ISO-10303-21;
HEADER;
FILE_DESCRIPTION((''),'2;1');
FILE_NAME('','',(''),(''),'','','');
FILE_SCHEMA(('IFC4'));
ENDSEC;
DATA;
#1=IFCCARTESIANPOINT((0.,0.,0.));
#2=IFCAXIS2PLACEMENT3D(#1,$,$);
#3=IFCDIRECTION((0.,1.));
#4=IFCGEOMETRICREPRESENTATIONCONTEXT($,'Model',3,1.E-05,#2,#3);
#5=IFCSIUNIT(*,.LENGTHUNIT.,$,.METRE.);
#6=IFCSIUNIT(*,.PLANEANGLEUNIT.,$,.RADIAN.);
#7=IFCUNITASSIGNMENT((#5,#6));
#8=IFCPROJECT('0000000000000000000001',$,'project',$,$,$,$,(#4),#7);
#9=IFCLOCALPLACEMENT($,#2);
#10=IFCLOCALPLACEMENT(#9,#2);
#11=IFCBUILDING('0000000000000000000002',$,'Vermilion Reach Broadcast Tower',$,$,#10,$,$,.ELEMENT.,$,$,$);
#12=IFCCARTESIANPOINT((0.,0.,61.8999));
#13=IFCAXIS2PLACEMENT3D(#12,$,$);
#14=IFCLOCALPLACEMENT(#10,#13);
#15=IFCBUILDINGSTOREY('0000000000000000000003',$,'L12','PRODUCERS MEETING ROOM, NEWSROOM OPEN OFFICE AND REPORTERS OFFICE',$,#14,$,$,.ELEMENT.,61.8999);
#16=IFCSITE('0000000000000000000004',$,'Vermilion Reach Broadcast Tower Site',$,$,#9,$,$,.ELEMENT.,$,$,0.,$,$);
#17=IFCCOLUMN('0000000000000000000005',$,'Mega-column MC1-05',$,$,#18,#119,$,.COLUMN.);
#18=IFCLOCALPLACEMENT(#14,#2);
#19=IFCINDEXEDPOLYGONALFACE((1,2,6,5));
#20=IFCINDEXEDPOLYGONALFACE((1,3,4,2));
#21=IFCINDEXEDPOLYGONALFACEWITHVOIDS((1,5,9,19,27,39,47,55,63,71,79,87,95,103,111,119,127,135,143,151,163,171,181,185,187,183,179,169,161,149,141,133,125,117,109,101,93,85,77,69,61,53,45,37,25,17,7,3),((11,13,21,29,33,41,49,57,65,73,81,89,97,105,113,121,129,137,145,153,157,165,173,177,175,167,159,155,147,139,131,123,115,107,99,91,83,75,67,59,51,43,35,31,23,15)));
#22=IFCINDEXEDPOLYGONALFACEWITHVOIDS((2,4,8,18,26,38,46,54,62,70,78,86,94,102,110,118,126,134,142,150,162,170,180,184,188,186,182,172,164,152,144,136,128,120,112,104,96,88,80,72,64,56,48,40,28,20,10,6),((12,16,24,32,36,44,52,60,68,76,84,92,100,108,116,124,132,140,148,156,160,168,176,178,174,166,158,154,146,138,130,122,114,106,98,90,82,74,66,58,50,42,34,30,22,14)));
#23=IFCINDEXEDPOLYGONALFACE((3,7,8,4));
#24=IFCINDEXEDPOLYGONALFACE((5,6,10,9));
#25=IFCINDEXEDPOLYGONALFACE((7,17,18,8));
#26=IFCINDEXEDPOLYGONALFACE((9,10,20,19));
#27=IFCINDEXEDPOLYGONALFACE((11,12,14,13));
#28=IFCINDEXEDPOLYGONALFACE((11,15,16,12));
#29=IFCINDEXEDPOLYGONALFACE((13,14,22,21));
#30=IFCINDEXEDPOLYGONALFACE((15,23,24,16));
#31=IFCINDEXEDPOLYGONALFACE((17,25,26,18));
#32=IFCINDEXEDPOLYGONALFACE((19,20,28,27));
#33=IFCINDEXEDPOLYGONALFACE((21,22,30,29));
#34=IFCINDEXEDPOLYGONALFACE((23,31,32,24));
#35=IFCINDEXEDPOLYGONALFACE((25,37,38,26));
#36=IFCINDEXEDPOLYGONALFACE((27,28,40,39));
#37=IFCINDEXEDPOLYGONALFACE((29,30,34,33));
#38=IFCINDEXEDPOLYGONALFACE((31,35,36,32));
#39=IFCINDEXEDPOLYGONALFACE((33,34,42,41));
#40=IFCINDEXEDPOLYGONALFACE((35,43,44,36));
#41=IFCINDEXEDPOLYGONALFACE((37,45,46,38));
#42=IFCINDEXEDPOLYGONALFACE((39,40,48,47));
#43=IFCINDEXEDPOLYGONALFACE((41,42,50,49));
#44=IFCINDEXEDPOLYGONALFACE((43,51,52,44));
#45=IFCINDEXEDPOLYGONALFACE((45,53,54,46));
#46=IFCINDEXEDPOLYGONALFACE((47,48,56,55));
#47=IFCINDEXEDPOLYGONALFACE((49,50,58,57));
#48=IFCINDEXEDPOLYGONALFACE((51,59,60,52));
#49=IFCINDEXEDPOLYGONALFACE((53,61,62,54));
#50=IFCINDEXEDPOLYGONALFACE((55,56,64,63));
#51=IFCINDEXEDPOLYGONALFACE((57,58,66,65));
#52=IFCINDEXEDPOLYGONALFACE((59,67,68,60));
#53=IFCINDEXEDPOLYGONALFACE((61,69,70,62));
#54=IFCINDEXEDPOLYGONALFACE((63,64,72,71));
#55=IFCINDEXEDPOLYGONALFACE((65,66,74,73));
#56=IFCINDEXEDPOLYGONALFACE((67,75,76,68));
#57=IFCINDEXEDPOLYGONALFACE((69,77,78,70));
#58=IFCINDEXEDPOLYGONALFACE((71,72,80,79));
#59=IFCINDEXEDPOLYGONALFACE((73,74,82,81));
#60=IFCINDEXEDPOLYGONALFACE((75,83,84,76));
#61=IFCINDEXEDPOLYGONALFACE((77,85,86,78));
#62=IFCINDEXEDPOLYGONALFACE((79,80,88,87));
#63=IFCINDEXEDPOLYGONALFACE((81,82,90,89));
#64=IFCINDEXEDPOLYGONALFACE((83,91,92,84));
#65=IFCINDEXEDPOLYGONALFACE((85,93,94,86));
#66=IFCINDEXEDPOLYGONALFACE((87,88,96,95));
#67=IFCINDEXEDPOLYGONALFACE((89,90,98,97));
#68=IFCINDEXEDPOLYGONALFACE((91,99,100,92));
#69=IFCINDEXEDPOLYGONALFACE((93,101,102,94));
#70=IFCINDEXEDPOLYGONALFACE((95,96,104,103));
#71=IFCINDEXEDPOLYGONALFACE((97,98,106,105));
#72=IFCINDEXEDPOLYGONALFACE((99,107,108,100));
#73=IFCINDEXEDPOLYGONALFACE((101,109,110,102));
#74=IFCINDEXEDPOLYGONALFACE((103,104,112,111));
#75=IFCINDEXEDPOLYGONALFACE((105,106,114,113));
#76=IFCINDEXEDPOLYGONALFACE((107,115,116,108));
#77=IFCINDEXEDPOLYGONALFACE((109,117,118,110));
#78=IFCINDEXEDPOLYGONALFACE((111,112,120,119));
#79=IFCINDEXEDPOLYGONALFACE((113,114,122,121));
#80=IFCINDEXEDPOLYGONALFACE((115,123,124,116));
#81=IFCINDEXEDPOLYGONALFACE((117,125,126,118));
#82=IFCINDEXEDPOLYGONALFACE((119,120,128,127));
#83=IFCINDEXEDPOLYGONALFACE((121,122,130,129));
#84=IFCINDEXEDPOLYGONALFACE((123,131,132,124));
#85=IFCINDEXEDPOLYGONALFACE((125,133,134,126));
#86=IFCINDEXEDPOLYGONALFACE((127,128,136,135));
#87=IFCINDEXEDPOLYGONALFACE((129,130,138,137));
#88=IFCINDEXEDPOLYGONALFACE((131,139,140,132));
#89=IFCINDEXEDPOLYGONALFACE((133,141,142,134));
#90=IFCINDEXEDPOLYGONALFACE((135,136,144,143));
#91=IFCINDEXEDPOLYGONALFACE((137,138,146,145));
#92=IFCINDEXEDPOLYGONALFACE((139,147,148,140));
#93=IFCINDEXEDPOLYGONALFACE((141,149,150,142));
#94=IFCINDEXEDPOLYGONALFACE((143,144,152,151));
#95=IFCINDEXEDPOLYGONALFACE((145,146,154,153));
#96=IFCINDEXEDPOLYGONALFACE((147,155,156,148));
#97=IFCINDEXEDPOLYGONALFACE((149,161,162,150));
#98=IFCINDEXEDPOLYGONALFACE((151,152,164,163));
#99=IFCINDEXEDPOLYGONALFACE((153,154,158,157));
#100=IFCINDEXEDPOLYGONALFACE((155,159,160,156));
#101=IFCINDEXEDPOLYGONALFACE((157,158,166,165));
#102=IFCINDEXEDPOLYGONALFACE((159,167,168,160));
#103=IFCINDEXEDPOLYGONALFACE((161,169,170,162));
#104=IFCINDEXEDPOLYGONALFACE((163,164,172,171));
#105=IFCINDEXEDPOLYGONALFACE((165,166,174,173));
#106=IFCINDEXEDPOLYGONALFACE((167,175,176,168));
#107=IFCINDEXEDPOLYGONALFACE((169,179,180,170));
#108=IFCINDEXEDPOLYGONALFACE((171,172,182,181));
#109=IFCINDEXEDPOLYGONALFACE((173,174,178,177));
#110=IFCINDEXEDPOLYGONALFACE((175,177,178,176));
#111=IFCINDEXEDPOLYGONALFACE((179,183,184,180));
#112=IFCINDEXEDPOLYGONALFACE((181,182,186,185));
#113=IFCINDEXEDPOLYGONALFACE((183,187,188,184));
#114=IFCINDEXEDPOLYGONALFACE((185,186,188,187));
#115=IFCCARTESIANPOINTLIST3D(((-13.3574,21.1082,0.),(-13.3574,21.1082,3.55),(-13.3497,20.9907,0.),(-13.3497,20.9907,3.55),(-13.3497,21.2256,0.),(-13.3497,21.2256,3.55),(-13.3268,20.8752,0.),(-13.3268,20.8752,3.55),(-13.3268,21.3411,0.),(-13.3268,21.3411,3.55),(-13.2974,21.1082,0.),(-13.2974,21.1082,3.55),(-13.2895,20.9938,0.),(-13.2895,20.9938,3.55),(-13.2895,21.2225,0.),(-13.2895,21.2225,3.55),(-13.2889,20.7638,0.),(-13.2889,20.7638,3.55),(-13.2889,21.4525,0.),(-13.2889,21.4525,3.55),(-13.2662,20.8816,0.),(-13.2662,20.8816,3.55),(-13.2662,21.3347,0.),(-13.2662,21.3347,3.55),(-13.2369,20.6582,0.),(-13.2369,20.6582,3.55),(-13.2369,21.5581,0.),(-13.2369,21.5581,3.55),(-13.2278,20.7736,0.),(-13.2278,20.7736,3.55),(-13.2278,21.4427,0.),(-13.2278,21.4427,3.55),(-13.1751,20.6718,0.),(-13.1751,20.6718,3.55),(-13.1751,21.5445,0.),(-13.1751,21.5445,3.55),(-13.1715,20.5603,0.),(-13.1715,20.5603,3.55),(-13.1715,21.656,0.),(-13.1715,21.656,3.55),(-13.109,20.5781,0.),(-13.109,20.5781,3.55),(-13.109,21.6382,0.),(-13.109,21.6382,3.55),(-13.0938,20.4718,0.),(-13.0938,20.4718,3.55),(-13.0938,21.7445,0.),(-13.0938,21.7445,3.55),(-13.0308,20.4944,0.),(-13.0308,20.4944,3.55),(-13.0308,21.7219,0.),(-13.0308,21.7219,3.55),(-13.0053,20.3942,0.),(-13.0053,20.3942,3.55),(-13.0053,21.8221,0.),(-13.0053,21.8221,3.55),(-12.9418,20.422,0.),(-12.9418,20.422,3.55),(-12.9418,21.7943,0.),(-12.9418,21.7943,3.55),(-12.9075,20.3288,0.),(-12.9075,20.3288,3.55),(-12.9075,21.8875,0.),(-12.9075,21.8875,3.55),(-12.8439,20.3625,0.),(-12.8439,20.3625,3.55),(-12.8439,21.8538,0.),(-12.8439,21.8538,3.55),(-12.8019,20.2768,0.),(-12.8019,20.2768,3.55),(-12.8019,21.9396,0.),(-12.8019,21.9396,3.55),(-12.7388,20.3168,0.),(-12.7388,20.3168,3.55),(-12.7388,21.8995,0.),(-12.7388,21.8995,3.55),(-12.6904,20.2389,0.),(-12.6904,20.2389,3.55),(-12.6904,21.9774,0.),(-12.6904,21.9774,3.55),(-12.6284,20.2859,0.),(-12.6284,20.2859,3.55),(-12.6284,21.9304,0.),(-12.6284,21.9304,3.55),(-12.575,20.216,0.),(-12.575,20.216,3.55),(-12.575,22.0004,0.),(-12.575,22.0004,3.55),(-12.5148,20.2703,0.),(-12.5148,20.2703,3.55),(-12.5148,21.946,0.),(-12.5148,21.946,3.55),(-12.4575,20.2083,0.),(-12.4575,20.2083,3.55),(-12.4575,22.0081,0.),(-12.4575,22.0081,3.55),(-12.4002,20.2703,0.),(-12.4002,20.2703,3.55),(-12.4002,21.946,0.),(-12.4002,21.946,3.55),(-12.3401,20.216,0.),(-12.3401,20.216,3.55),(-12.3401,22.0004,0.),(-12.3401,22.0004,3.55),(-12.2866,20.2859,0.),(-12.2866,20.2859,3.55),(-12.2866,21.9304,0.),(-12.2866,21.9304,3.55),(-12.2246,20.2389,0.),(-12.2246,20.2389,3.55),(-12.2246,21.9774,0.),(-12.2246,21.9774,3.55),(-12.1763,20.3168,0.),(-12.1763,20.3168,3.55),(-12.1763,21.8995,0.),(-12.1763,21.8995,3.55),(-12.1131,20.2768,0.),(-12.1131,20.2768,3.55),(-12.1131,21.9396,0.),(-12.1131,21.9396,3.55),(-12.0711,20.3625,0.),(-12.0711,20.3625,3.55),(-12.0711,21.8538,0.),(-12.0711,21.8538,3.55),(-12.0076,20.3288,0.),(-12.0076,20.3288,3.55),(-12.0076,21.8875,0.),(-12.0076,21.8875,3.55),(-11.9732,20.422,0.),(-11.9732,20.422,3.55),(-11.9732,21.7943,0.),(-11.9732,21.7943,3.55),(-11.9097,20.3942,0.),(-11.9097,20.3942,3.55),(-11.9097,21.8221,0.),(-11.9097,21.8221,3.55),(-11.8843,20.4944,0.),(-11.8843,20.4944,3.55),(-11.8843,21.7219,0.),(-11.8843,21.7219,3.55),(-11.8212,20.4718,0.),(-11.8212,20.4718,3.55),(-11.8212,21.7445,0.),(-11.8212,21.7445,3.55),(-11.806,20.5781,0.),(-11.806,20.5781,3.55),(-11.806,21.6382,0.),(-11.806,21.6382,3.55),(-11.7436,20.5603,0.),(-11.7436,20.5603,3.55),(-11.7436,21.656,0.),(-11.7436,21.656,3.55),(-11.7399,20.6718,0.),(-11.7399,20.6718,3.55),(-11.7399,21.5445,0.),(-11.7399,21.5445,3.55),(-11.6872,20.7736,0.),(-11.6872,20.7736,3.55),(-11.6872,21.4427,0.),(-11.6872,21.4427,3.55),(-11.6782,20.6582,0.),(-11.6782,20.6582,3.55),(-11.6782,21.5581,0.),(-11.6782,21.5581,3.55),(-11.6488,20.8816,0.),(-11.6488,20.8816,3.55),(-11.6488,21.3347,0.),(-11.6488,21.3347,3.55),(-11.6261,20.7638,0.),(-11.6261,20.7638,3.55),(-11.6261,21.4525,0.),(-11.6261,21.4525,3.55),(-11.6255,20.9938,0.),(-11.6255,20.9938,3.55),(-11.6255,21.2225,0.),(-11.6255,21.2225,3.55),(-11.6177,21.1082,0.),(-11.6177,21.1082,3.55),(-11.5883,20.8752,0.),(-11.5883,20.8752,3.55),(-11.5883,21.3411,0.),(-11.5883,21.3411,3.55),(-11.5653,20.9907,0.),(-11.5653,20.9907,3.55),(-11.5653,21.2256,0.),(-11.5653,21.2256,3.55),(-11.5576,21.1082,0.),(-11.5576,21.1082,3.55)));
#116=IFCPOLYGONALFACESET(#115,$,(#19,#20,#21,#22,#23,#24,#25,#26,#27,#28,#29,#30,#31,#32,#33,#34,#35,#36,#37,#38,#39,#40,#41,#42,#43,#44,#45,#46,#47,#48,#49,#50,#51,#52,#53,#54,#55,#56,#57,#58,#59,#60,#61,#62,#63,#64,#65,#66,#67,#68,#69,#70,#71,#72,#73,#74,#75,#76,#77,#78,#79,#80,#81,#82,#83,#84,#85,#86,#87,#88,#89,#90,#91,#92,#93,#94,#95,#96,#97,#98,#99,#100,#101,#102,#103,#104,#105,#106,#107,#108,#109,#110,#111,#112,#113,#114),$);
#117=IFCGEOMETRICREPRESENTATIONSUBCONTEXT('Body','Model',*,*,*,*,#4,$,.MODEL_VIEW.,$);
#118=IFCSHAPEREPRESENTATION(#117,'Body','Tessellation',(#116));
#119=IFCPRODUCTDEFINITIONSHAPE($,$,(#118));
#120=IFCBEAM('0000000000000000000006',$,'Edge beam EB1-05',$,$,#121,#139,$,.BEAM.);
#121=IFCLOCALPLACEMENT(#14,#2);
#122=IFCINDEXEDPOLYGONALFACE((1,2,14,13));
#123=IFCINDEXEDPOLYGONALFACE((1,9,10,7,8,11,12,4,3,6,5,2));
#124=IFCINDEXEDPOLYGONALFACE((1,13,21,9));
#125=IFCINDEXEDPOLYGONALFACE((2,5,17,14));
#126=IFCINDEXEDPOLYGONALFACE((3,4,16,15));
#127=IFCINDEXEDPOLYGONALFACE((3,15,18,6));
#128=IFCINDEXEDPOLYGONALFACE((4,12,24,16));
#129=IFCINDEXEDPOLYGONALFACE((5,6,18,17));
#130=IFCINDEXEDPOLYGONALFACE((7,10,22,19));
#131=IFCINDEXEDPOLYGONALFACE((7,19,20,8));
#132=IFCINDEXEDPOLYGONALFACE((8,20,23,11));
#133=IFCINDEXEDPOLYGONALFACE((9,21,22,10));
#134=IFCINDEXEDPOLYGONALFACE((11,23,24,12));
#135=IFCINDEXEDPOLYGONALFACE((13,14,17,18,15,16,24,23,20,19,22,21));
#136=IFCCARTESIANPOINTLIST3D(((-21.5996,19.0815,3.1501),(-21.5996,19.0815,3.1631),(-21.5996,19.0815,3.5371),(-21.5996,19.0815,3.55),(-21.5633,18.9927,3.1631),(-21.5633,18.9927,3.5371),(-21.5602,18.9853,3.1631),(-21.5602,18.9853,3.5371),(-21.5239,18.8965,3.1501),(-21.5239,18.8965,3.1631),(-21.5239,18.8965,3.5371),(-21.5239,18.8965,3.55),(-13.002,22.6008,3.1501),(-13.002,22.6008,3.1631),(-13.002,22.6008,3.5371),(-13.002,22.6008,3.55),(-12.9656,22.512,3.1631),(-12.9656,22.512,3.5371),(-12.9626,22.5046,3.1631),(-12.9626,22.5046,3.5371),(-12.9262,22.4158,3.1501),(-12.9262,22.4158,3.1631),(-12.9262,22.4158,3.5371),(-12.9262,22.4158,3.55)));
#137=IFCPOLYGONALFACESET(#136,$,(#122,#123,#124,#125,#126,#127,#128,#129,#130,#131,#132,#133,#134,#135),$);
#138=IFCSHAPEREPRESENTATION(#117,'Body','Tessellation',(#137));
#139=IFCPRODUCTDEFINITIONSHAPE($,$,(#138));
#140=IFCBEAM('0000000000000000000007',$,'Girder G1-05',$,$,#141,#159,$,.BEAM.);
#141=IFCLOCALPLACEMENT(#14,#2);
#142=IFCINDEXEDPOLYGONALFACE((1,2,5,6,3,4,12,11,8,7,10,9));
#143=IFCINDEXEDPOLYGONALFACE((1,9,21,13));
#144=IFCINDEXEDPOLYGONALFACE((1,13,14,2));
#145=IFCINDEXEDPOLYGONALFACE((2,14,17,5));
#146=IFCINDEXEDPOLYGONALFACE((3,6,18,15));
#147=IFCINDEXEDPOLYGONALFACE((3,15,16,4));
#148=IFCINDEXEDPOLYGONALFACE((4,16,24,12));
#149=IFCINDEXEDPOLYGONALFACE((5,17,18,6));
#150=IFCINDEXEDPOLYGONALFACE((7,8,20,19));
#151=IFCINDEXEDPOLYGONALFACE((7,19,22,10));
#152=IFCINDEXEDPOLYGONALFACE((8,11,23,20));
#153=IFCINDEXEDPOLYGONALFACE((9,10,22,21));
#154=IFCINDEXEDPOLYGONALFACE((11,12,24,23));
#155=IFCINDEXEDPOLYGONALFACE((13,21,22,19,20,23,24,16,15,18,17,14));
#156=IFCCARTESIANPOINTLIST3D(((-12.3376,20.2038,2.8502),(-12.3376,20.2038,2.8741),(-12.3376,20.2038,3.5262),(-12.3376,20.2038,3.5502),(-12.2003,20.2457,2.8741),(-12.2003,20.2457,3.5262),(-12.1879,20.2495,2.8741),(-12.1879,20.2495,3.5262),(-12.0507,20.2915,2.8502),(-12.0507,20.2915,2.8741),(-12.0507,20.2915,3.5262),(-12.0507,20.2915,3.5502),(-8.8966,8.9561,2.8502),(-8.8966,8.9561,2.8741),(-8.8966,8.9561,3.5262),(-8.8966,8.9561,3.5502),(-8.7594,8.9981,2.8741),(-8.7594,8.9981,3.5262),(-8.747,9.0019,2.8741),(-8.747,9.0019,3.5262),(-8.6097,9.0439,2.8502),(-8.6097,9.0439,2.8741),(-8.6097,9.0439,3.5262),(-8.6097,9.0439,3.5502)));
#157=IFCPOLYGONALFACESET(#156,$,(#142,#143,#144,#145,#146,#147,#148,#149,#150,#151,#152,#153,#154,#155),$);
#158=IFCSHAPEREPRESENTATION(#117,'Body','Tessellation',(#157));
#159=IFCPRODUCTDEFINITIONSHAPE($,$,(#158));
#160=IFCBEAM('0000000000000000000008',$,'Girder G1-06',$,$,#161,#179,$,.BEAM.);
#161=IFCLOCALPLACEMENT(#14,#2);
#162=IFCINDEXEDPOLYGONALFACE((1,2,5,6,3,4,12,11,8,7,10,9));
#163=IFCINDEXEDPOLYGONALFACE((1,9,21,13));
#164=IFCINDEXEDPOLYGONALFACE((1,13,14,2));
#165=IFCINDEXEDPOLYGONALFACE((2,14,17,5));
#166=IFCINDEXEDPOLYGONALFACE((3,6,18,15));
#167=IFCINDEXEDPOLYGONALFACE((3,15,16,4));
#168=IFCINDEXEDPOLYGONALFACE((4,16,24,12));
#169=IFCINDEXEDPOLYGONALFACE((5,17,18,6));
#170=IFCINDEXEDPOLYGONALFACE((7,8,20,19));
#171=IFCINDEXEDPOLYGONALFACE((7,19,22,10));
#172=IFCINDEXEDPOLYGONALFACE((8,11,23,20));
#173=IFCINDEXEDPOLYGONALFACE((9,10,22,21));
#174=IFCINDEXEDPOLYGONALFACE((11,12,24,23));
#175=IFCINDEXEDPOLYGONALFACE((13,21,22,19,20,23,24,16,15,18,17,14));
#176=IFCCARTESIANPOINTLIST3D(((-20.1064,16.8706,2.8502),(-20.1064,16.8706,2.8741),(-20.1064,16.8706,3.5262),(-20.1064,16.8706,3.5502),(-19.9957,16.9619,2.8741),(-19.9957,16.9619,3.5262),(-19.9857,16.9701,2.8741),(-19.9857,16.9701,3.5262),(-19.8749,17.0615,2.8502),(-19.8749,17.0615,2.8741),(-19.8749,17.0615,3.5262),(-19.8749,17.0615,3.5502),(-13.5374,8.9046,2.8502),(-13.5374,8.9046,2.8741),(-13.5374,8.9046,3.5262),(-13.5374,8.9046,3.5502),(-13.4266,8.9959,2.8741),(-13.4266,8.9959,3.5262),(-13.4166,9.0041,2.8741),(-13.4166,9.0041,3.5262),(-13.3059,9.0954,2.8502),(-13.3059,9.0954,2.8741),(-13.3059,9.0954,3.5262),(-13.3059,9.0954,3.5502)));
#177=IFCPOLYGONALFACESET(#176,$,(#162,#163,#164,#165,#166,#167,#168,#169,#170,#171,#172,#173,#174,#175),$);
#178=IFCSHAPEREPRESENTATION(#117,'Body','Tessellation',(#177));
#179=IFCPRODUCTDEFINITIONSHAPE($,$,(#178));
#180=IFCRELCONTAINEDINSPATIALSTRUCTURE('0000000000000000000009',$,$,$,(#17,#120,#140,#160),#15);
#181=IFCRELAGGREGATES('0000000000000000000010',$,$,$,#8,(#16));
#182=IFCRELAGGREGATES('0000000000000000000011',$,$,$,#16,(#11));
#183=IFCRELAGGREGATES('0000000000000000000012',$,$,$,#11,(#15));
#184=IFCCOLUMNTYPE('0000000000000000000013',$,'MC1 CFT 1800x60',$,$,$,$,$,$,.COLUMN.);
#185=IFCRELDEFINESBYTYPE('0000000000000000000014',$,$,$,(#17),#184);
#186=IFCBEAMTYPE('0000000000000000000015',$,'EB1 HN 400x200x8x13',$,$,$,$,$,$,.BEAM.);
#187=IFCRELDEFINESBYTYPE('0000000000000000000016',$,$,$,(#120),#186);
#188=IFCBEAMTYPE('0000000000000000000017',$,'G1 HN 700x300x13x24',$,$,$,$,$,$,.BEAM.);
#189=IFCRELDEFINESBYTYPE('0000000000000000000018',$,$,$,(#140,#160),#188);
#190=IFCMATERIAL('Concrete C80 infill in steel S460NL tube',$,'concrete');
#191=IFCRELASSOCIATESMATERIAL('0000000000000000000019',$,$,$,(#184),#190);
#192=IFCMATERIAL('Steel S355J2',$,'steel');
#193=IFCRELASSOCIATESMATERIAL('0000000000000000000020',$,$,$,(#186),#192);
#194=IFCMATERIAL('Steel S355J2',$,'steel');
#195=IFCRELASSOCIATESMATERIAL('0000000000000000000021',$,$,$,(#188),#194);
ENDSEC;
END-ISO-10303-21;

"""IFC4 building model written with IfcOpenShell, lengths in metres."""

from ifc_helpers import new_model, si_unit, direction, frame, origin, origin_2d, place, context, subcontext, project, spatial, hollow_circle, i_section, extrude, material, material_profile, profile_set, type_object, element, save


model = new_model("IFC4")

# Units and contexts
model_context = context("Model", 3, precision=1e-05, world=origin(), true_north=direction((0.0, 1.0)))
body_context = subcontext(model_context, "Body", "Model", "MODEL_VIEW")
ifc_project = project(units=[si_unit("LENGTHUNIT", "METRE"), si_unit("PLANEANGLEUNIT", "RADIAN")], contexts=[model_context])

# Site, building, storey
site_placement = place(None, origin())
site = spatial("IfcSite", under=ifc_project, at=site_placement, Name="Vermilion Reach Broadcast Tower Site", CompositionType="ELEMENT", RefElevation=0.0)
building_placement = place(site_placement, origin())
building = spatial("IfcBuilding", under=site, at=building_placement, Name="Vermilion Reach Broadcast Tower", CompositionType="ELEMENT")
storey_placement = place(building_placement, frame((0.0, 0.0, 61.8999)))
storey = spatial("IfcBuildingStorey", under=building, at=storey_placement, Name="L12", Description="PRODUCERS MEETING ROOM, NEWSROOM OPEN OFFICE AND REPORTERS OFFICE", CompositionType="ELEMENT", Elevation=61.8999)

# Column
ifc_material_1 = material(Name="Concrete C80 infill in steel S460NL tube", Category="concrete")
ifc_material_profile_1 = material_profile(ifc_material_1, hollow_circle(Radius=0.8999, WallThickness=0.0601, at=origin_2d()), Name="Concrete C80 infill in steel S460NL tube CFT 1800x60")
ifc_profile_set_1 = profile_set([ifc_material_profile_1], Name="Concrete C80 infill in steel S460NL tube")
column_type = type_object("IfcColumnType", Name="MC1 CFT 1800x60", PredefinedType="COLUMN", material=ifc_profile_set_1)
column_placement = place(storey_placement, frame((-12.4575, 21.1082, 0.0), z_axis=(0.0, 0.0, 1.0), x_axis=(1.0, 0.0, 0.0)))
element("IfcColumn", 1, at=column_placement, inside=storey, type_object=column_type, Name="Mega-column MC1-05", PredefinedType="COLUMN", context=body_context, shape_type="SweptSolid", body=[
    extrude(hollow_circle(Radius=0.8999, WallThickness=0.0601, at=origin_2d()), origin(), (0.0, 0.0, 1.0), 3.55),
])

# Beams
ifc_material_2 = material(Name="Steel S355J2", Category="steel")
ifc_material_profile_2 = material_profile(ifc_material_2, i_section(OverallWidth=0.2, OverallDepth=0.3999, WebThickness=0.0081, FlangeThickness=0.0129, at=origin_2d()), Name="S355J2 HN 400x200x8x13")
ifc_profile_set_2 = profile_set([ifc_material_profile_2], Name="Steel S355J2")
beam_type_1 = type_object("IfcBeamType", Name="EB1 HN 400x200x8x13", PredefinedType="BEAM", material=ifc_profile_set_2)
beam_1_placement = place(storey_placement, frame((-12.9641, 22.5083, 3.3501), z_axis=(-0.925469, -0.378823, 0.0), x_axis=(0.378823, -0.925469, 0.0)))
element("IfcBeam", 2, at=beam_1_placement, inside=storey, type_object=beam_type_1, Name="Edge beam EB1-05", PredefinedType="BEAM", context=body_context, shape_type="SweptSolid", body=[
    extrude(i_section(OverallWidth=0.2, OverallDepth=0.3999, WebThickness=0.0081, FlangeThickness=0.0129, at=origin_2d()), origin(), (0.0, 0.0, 1.0), 9.29),
])
ifc_material_3 = material(Name="Steel S355J2", Category="steel")
ifc_material_profile_3 = material_profile(ifc_material_3, i_section(OverallWidth=0.3, OverallDepth=0.7, WebThickness=0.0129, FlangeThickness=0.0239, at=origin_2d()), Name="S355J2 HN 700x300x13x24")
ifc_profile_set_3 = profile_set([ifc_material_profile_3], Name="Steel S355J2")
beam_type_2 = type_object("IfcBeamType", Name="G1 HN 700x300x13x24", PredefinedType="BEAM", material=ifc_profile_set_3)
beam_2_placement = place(storey_placement, frame((-8.7532, 9.0, 3.2002), z_axis=(-0.292542, 0.956253, 0.0), x_axis=(-0.956253, -0.292542, 0.0)))
element("IfcBeam", 3, at=beam_2_placement, inside=storey, type_object=beam_type_2, Name="Girder G1-05", PredefinedType="BEAM", context=body_context, shape_type="SweptSolid", body=[
    extrude(i_section(OverallWidth=0.3, OverallDepth=0.7, WebThickness=0.0129, FlangeThickness=0.0239, at=origin_2d()), origin(), (0.0, 0.0, 1.0), 11.7622),
])
beam_3_placement = place(storey_placement, frame((-13.4216, 9.0, 3.2002), z_axis=(-0.636215, 0.771512, 0.0), x_axis=(-0.771512, -0.636215, 0.0)))
element("IfcBeam", 4, at=beam_3_placement, inside=storey, type_object=beam_type_2, Name="Girder G1-06", PredefinedType="BEAM", context=body_context, shape_type="SweptSolid", body=[
    extrude(i_section(OverallWidth=0.3, OverallDepth=0.7, WebThickness=0.0129, FlangeThickness=0.0239, at=origin_2d()), origin(), (0.0, 0.0, 1.0), 10.3252),
])

save(model, "model.ifc")
